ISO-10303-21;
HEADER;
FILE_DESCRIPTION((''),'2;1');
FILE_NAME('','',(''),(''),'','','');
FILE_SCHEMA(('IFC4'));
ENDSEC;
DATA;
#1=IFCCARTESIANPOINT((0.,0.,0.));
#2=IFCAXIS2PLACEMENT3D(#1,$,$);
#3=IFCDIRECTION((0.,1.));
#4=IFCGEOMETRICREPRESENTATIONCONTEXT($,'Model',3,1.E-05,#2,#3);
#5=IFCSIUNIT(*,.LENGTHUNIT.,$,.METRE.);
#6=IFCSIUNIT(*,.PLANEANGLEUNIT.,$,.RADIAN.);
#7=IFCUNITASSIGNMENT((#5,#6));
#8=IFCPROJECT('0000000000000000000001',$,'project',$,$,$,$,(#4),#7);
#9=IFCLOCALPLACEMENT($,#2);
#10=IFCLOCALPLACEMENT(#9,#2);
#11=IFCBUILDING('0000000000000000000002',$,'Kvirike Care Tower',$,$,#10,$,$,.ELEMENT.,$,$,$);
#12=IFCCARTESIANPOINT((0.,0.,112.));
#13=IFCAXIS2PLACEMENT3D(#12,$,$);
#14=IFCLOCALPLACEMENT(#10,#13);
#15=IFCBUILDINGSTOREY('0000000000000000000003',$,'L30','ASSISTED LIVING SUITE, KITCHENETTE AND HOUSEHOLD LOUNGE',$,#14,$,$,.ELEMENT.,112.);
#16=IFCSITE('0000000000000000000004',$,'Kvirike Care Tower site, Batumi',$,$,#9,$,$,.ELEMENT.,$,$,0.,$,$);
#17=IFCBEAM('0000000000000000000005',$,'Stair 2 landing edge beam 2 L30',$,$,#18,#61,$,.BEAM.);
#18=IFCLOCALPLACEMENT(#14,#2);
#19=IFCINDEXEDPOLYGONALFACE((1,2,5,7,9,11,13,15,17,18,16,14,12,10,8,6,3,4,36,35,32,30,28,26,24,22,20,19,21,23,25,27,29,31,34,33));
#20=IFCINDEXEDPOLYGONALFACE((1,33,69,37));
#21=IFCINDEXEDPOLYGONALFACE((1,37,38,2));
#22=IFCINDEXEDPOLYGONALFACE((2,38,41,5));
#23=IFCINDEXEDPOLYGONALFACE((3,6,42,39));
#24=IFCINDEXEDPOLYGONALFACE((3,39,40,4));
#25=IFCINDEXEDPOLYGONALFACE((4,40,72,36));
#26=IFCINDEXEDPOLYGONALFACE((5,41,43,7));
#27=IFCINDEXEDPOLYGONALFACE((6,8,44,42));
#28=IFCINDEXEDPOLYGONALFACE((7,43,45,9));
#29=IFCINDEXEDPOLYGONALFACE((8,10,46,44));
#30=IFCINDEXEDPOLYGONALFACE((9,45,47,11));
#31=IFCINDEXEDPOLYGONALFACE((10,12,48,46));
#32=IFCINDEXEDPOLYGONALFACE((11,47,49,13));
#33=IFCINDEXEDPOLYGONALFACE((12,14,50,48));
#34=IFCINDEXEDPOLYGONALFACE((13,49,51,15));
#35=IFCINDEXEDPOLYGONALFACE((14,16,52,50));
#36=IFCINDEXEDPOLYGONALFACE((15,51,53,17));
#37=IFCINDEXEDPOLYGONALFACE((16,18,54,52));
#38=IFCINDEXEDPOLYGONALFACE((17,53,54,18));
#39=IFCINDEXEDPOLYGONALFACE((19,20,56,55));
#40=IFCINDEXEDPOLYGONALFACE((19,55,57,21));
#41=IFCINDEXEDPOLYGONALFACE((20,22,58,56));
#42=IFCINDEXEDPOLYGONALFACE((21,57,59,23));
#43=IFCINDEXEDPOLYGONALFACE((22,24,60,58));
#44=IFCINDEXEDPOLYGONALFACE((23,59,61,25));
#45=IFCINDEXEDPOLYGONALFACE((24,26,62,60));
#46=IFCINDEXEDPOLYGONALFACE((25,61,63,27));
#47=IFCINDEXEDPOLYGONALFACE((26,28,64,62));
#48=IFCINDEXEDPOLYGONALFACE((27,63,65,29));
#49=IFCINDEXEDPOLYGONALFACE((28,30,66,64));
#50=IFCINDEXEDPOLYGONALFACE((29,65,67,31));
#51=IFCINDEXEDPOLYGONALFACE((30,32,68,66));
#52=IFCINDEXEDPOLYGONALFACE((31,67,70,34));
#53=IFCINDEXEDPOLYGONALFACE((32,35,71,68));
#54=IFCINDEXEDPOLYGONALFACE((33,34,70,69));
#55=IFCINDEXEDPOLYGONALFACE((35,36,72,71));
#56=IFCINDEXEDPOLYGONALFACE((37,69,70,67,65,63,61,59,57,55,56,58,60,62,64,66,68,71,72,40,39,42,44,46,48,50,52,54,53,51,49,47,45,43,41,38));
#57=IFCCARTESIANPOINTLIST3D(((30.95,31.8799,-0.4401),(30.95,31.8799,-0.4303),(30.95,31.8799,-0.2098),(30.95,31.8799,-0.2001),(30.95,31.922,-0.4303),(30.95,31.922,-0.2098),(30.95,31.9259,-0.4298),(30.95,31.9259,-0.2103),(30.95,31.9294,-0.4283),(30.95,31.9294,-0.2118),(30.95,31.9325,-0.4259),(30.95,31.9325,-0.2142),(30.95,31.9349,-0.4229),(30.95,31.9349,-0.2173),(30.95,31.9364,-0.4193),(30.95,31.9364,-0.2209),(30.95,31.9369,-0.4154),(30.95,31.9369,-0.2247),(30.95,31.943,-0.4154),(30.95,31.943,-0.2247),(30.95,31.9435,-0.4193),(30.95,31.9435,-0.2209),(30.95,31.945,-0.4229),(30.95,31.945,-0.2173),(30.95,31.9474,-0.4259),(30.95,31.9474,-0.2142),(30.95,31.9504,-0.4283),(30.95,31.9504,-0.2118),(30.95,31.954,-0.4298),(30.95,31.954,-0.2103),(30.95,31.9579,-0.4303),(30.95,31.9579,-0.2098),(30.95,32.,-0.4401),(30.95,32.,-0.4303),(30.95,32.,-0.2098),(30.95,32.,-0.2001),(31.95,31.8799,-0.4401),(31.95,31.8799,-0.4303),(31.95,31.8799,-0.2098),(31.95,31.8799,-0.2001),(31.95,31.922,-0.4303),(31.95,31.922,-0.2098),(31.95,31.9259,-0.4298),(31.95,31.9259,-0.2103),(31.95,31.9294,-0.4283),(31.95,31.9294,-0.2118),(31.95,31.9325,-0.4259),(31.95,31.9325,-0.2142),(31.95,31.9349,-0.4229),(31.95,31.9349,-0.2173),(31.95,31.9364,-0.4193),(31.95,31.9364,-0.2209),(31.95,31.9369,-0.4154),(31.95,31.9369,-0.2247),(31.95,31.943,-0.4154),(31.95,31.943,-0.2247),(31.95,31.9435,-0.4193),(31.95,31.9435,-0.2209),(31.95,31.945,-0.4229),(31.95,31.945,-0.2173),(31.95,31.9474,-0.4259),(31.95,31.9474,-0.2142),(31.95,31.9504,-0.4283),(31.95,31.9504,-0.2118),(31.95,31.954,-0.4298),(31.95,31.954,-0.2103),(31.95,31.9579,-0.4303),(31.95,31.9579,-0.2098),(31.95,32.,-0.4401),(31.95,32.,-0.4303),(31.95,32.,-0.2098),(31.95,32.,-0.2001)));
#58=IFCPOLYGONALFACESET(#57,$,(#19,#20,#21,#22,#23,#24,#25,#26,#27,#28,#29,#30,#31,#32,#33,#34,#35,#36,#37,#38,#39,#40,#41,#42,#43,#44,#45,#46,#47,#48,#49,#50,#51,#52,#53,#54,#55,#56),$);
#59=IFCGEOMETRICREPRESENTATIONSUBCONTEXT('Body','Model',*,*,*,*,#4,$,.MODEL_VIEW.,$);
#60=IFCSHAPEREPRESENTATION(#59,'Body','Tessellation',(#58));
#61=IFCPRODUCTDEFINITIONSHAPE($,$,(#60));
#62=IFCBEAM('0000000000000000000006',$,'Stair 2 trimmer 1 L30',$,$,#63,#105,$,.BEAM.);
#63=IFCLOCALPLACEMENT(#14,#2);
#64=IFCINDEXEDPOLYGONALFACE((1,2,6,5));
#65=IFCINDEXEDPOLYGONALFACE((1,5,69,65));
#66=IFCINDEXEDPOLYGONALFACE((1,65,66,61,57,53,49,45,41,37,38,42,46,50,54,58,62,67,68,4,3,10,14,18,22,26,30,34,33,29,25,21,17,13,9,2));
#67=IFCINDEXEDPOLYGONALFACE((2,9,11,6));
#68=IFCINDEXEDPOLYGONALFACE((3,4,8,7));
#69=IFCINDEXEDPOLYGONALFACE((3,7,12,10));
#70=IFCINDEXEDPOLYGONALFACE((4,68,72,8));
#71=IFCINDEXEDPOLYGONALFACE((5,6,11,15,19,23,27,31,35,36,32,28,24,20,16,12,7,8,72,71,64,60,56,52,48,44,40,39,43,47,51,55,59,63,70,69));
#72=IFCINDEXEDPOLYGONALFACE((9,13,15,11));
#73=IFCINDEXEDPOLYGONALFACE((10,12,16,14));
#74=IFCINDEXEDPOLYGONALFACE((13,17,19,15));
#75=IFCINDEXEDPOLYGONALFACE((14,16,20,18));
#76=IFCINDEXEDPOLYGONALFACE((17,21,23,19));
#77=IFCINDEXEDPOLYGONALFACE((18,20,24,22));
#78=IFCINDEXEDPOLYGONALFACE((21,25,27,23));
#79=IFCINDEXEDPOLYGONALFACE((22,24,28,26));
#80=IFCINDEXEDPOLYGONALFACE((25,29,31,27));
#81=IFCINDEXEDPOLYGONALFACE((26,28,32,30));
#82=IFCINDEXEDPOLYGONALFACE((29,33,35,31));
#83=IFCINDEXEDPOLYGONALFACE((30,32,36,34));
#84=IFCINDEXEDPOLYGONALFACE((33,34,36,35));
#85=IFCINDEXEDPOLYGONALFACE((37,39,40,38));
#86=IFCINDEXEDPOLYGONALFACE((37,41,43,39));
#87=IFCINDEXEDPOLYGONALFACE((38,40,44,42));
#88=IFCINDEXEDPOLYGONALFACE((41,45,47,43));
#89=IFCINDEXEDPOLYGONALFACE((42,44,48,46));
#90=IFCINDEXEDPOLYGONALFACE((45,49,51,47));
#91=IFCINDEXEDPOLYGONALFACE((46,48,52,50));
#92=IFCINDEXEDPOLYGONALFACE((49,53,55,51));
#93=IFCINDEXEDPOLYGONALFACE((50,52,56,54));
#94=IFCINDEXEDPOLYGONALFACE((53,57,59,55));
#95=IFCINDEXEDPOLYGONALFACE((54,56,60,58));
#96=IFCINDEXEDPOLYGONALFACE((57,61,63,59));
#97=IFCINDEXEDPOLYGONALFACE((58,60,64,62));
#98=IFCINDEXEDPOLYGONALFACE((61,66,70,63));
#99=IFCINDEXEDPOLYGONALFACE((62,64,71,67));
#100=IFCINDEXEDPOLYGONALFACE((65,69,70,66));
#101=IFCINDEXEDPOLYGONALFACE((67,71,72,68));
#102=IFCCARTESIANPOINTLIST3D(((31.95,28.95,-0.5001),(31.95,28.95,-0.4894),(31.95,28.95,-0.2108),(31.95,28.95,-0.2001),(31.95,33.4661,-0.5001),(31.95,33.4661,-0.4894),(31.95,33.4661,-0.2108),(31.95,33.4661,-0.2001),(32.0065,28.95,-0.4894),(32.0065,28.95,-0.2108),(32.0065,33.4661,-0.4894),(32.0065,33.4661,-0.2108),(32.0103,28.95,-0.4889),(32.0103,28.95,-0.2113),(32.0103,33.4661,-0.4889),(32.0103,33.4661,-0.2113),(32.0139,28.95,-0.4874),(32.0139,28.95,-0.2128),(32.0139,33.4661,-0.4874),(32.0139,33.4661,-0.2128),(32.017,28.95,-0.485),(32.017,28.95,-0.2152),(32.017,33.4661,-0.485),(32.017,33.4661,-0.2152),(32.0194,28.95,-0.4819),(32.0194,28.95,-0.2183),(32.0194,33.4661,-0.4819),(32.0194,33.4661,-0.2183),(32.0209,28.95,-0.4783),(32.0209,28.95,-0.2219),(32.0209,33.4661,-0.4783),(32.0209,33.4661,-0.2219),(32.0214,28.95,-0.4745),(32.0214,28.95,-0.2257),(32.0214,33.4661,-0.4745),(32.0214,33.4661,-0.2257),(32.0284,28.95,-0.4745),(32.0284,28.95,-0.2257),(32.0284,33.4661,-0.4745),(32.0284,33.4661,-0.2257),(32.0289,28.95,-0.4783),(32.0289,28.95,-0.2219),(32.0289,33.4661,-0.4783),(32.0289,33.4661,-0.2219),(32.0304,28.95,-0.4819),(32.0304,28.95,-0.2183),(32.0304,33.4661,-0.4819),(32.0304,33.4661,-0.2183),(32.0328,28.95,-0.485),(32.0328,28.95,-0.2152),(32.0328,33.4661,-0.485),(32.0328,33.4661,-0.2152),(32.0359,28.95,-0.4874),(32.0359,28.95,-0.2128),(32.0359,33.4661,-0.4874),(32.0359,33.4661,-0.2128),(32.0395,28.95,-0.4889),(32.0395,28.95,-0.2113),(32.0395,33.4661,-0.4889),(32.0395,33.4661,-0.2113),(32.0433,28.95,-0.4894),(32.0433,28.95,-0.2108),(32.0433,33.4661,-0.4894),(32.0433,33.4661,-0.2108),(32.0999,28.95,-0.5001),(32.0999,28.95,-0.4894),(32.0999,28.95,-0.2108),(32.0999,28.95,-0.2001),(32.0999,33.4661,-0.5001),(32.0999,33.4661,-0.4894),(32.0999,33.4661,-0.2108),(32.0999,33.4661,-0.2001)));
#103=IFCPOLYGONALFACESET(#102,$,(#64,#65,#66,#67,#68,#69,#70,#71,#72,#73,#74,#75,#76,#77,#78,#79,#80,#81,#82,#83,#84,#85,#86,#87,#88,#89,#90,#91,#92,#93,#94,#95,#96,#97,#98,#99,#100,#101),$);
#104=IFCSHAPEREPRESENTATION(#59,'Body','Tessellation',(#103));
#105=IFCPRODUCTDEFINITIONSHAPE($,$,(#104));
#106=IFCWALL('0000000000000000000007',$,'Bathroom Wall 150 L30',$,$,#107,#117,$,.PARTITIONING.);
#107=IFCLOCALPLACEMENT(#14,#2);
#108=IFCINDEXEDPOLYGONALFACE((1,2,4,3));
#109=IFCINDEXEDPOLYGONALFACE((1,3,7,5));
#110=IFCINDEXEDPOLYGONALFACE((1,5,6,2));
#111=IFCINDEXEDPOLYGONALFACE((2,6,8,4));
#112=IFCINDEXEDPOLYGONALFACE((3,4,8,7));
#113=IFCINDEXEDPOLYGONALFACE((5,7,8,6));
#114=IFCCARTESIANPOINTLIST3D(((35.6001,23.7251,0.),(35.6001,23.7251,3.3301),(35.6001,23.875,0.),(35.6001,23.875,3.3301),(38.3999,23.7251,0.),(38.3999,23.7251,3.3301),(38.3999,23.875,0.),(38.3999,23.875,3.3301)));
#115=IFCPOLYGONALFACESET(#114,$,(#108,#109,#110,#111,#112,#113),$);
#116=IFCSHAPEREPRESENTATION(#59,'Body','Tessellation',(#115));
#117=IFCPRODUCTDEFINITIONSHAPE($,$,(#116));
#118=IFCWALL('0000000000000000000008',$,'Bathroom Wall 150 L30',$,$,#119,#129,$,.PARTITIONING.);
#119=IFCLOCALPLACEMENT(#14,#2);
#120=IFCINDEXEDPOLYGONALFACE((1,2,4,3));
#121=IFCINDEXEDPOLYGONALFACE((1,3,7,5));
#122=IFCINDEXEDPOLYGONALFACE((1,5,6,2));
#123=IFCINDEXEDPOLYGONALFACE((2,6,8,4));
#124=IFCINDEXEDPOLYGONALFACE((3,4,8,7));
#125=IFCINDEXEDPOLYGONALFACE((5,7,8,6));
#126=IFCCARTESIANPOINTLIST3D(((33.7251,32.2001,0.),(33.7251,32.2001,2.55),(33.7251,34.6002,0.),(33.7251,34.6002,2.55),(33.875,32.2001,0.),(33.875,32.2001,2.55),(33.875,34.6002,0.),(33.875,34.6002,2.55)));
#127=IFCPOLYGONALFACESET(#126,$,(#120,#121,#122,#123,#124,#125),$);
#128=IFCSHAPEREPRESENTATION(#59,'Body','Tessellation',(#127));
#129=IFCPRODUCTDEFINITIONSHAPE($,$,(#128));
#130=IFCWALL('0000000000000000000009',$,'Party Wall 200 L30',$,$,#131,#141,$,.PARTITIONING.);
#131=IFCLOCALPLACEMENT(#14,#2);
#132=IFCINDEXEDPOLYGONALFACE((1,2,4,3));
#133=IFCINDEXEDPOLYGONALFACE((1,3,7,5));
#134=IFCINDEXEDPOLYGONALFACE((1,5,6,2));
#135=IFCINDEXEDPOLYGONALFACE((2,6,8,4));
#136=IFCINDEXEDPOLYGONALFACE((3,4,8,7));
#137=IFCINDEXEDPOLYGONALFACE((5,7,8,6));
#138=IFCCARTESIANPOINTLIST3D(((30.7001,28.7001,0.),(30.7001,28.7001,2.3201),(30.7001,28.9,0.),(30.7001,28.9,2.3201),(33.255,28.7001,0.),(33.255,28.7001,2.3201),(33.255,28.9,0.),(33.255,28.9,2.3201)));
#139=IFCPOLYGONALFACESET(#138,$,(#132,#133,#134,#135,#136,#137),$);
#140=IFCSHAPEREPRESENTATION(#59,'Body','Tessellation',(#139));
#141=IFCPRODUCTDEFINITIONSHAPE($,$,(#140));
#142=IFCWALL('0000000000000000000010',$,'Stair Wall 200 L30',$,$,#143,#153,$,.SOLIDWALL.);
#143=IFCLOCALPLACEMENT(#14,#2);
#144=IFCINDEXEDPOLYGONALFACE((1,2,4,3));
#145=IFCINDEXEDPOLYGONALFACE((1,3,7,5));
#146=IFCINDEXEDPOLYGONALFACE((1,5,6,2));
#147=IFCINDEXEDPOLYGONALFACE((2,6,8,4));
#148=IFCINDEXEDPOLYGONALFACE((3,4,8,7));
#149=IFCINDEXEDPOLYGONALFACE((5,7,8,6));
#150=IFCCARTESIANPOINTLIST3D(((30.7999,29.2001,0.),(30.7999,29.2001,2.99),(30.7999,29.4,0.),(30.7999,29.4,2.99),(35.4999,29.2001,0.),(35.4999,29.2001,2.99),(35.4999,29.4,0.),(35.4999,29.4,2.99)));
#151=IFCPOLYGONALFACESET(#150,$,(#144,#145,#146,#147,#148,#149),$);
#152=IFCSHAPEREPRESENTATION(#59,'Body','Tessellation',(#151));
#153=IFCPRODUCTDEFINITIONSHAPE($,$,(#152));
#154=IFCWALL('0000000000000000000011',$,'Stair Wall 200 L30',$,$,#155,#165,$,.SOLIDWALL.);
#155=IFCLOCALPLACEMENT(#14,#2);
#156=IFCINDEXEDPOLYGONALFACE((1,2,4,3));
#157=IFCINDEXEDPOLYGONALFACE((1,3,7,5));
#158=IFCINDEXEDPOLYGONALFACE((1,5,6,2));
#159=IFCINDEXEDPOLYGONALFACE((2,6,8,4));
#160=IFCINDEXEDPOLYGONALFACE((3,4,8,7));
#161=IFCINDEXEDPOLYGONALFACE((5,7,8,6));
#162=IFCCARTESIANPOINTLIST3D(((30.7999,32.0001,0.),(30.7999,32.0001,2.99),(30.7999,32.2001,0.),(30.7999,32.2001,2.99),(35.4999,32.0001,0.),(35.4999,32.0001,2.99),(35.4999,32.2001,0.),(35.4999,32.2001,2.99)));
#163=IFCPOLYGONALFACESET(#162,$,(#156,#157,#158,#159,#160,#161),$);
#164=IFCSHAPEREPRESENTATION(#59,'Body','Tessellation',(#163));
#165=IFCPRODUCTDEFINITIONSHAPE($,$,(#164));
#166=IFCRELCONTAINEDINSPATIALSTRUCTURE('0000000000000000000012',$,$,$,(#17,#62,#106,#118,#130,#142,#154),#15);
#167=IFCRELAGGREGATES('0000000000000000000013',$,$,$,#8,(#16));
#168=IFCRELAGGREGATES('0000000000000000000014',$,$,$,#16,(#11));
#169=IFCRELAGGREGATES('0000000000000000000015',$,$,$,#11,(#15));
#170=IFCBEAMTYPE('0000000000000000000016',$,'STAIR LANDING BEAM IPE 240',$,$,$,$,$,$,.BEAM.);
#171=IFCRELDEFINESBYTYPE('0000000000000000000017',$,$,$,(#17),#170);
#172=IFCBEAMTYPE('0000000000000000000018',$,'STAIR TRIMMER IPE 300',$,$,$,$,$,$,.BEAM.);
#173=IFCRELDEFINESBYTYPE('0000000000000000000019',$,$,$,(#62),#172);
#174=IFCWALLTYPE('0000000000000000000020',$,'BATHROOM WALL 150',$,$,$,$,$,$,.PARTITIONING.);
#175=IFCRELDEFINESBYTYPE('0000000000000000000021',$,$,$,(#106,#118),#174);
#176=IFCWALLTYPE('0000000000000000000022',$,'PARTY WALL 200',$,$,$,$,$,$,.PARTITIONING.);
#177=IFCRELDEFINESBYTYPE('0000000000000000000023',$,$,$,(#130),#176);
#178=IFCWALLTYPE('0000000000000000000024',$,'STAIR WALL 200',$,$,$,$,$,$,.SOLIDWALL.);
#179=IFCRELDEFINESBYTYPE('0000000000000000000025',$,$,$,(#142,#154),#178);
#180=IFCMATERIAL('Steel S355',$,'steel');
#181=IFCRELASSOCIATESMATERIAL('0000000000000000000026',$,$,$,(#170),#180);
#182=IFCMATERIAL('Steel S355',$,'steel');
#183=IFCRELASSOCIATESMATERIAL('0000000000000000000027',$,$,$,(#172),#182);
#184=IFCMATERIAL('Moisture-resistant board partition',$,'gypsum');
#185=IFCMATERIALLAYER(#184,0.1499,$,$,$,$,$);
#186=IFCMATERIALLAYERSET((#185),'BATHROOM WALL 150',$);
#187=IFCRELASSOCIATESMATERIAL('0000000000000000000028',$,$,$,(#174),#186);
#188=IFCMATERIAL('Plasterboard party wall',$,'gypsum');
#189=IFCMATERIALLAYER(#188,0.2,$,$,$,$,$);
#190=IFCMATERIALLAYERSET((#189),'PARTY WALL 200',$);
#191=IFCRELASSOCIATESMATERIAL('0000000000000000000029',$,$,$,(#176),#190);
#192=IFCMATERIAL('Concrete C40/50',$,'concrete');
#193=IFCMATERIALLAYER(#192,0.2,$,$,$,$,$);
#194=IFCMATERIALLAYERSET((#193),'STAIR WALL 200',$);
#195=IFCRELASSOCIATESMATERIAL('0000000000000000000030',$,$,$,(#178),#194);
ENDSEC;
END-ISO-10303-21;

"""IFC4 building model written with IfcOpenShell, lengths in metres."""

from ifc_helpers import new_model, si_unit, direction, frame, frame_2d, origin, origin_2d, place, context, subcontext, project, spatial, rectangle, i_section, extrude, material, layer, layer_set, material_profile, profile_set, type_object, element, save


model = new_model("IFC4")

# Units and contexts
model_context = context("Model", 3, precision=1e-05, world=origin(), true_north=direction((0.0, 1.0)))
body_context = subcontext(model_context, "Body", "Model", "MODEL_VIEW")
ifc_project = project(units=[si_unit("LENGTHUNIT", "METRE"), si_unit("PLANEANGLEUNIT", "RADIAN")], contexts=[model_context])

# Site, building, storey
site_placement = place(None, origin())
site = spatial("IfcSite", under=ifc_project, at=site_placement, Name="Kvirike Care Tower site, Batumi", CompositionType="ELEMENT", RefElevation=0.0)
building_placement = place(site_placement, origin())
building = spatial("IfcBuilding", under=site, at=building_placement, Name="Kvirike Care Tower", CompositionType="ELEMENT")
storey_placement = place(building_placement, frame((0.0, 0.0, 112.0)))
storey = spatial("IfcBuildingStorey", under=building, at=storey_placement, Name="L30", Description="ASSISTED LIVING SUITE, KITCHENETTE AND HOUSEHOLD LOUNGE", CompositionType="ELEMENT", Elevation=112.0)

# Beams
ifc_material_1 = material(Name="Steel S355", Category="steel")
ifc_material_profile_1 = material_profile(ifc_material_1, i_section(OverallWidth=0.1201, OverallDepth=0.24, WebThickness=0.0061, FlangeThickness=0.0098, FilletRadius=0.0149, at=origin_2d()), Name="IPE 240")
ifc_profile_set_1 = profile_set([ifc_material_profile_1], Name="Steel S355")
beam_type_1 = type_object("IfcBeamType", Name="STAIR LANDING BEAM IPE 240", PredefinedType="BEAM", material=ifc_profile_set_1)
for number, where, z_axis, x_axis, name in (
    (1, (31.95, 31.9399, -0.3201), (-1.0, 0.0, 0.0), (0.0, -1.0, 0.0), "Stair 2 landing edge beam 2 L30"),
):
    element("IfcBeam", number, at=place(storey_placement, frame(where, z_axis=z_axis, x_axis=x_axis)), inside=storey, type_object=beam_type_1, Name=name, PredefinedType="BEAM", context=body_context, shape_type="SweptSolid", body=[
        extrude(i_section(OverallWidth=0.1201, OverallDepth=0.24, WebThickness=0.0061, FlangeThickness=0.0098, FilletRadius=0.0149, at=origin_2d()), origin(), (0.0, 0.0, 1.0), 1.0),
    ])
ifc_material_2 = material(Name="Steel S355", Category="steel")
ifc_material_profile_2 = material_profile(ifc_material_2, i_section(OverallWidth=0.1499, OverallDepth=0.3, WebThickness=0.0071, FlangeThickness=0.0107, FilletRadius=0.0149, at=origin_2d()), Name="IPE 300")
ifc_profile_set_2 = profile_set([ifc_material_profile_2], Name="Steel S355")
beam_type_2 = type_object("IfcBeamType", Name="STAIR TRIMMER IPE 300", PredefinedType="BEAM", material=ifc_profile_set_2)
beam_1_placement = place(storey_placement, frame((32.0249, 28.95, -0.3501), z_axis=(0.0, 1.0, 0.0), x_axis=(-1.0, 0.0, 0.0)))
element("IfcBeam", 2, at=beam_1_placement, inside=storey, type_object=beam_type_2, Name="Stair 2 trimmer 1 L30", PredefinedType="BEAM", context=body_context, shape_type="SweptSolid", body=[
    extrude(i_section(OverallWidth=0.1499, OverallDepth=0.3, WebThickness=0.0071, FlangeThickness=0.0107, FilletRadius=0.0149, at=origin_2d()), origin(), (0.0, 0.0, 1.0), 4.5161),
])

# Walls
ifc_material_3 = material(Name="Moisture-resistant board partition", Category="gypsum")
ifc_layer_1 = layer(ifc_material_3, 0.1499)
ifc_layer_set_1 = layer_set([ifc_layer_1], Name="BATHROOM WALL 150")
wall_type_1 = type_object("IfcWallType", Name="BATHROOM WALL 150", PredefinedType="PARTITIONING", material=ifc_layer_set_1)
wall_1_placement = place(storey_placement, frame((35.6001, 23.8, 0.0), z_axis=(0.0, 0.0, 1.0), x_axis=(1.0, 0.0, 0.0)))
element("IfcWall", 3, at=wall_1_placement, inside=storey, type_object=wall_type_1, Name="Bathroom Wall 150 L30", PredefinedType="PARTITIONING", context=body_context, shape_type="SweptSolid", body=[
    extrude(rectangle(XDim=2.7998, YDim=0.1499, at=frame_2d((1.3999, 0.0))), origin(), (0.0, 0.0, 1.0), 3.3301),
])
wall_2_placement = place(storey_placement, frame((33.8, 32.2, 0.0), z_axis=(0.0, 0.0, 1.0), x_axis=(0.0, 1.0, 0.0)))
element("IfcWall", 4, at=wall_2_placement, inside=storey, type_object=wall_type_1, Name="Bathroom Wall 150 L30", PredefinedType="PARTITIONING", context=body_context, shape_type="SweptSolid", body=[
    extrude(rectangle(XDim=2.4001, YDim=0.1499, at=frame_2d((1.2002, 0.0))), origin(), (0.0, 0.0, 1.0), 2.55),
])
ifc_material_4 = material(Name="Plasterboard party wall", Category="gypsum")
ifc_layer_2 = layer(ifc_material_4, 0.2)
ifc_layer_set_2 = layer_set([ifc_layer_2], Name="PARTY WALL 200")
wall_type_2 = type_object("IfcWallType", Name="PARTY WALL 200", PredefinedType="PARTITIONING", material=ifc_layer_set_2)
wall_3_placement = place(storey_placement, frame((33.2549, 28.8, 0.0), z_axis=(0.0, 0.0, 1.0), x_axis=(-1.0, 0.0, 0.0)))
element("IfcWall", 5, at=wall_3_placement, inside=storey, type_object=wall_type_2, Name="Party Wall 200 L30", PredefinedType="PARTITIONING", context=body_context, shape_type="SweptSolid", body=[
    extrude(rectangle(XDim=2.5549, YDim=0.2, at=frame_2d((1.2773, 0.0))), origin(), (0.0, 0.0, 1.0), 2.3201),
])
ifc_material_5 = material(Name="Concrete C40/50", Category="concrete")
ifc_layer_3 = layer(ifc_material_5, 0.2)
ifc_layer_set_3 = layer_set([ifc_layer_3], Name="STAIR WALL 200")
wall_type_3 = type_object("IfcWallType", Name="STAIR WALL 200", PredefinedType="SOLIDWALL", material=ifc_layer_set_3)
for number, where, z_axis, x_axis, name in (
    (6, (35.5, 29.3, 0.0), (0.0, 0.0, 1.0), (-1.0, 0.0, 0.0), "Stair Wall 200 L30"),
    (7, (35.5, 32.1001, 0.0), (0.0, 0.0, 1.0), (-1.0, 0.0, 0.0), "Stair Wall 200 L30"),
):
    element("IfcWall", number, at=place(storey_placement, frame(where, z_axis=z_axis, x_axis=x_axis)), inside=storey, type_object=wall_type_3, Name=name, PredefinedType="SOLIDWALL", context=body_context, shape_type="SweptSolid", body=[
        extrude(rectangle(XDim=4.7, YDim=0.2, at=frame_2d((2.3501, 0.0))), origin(), (0.0, 0.0, 1.0), 2.99),
    ])

save(model, "model.ifc")
